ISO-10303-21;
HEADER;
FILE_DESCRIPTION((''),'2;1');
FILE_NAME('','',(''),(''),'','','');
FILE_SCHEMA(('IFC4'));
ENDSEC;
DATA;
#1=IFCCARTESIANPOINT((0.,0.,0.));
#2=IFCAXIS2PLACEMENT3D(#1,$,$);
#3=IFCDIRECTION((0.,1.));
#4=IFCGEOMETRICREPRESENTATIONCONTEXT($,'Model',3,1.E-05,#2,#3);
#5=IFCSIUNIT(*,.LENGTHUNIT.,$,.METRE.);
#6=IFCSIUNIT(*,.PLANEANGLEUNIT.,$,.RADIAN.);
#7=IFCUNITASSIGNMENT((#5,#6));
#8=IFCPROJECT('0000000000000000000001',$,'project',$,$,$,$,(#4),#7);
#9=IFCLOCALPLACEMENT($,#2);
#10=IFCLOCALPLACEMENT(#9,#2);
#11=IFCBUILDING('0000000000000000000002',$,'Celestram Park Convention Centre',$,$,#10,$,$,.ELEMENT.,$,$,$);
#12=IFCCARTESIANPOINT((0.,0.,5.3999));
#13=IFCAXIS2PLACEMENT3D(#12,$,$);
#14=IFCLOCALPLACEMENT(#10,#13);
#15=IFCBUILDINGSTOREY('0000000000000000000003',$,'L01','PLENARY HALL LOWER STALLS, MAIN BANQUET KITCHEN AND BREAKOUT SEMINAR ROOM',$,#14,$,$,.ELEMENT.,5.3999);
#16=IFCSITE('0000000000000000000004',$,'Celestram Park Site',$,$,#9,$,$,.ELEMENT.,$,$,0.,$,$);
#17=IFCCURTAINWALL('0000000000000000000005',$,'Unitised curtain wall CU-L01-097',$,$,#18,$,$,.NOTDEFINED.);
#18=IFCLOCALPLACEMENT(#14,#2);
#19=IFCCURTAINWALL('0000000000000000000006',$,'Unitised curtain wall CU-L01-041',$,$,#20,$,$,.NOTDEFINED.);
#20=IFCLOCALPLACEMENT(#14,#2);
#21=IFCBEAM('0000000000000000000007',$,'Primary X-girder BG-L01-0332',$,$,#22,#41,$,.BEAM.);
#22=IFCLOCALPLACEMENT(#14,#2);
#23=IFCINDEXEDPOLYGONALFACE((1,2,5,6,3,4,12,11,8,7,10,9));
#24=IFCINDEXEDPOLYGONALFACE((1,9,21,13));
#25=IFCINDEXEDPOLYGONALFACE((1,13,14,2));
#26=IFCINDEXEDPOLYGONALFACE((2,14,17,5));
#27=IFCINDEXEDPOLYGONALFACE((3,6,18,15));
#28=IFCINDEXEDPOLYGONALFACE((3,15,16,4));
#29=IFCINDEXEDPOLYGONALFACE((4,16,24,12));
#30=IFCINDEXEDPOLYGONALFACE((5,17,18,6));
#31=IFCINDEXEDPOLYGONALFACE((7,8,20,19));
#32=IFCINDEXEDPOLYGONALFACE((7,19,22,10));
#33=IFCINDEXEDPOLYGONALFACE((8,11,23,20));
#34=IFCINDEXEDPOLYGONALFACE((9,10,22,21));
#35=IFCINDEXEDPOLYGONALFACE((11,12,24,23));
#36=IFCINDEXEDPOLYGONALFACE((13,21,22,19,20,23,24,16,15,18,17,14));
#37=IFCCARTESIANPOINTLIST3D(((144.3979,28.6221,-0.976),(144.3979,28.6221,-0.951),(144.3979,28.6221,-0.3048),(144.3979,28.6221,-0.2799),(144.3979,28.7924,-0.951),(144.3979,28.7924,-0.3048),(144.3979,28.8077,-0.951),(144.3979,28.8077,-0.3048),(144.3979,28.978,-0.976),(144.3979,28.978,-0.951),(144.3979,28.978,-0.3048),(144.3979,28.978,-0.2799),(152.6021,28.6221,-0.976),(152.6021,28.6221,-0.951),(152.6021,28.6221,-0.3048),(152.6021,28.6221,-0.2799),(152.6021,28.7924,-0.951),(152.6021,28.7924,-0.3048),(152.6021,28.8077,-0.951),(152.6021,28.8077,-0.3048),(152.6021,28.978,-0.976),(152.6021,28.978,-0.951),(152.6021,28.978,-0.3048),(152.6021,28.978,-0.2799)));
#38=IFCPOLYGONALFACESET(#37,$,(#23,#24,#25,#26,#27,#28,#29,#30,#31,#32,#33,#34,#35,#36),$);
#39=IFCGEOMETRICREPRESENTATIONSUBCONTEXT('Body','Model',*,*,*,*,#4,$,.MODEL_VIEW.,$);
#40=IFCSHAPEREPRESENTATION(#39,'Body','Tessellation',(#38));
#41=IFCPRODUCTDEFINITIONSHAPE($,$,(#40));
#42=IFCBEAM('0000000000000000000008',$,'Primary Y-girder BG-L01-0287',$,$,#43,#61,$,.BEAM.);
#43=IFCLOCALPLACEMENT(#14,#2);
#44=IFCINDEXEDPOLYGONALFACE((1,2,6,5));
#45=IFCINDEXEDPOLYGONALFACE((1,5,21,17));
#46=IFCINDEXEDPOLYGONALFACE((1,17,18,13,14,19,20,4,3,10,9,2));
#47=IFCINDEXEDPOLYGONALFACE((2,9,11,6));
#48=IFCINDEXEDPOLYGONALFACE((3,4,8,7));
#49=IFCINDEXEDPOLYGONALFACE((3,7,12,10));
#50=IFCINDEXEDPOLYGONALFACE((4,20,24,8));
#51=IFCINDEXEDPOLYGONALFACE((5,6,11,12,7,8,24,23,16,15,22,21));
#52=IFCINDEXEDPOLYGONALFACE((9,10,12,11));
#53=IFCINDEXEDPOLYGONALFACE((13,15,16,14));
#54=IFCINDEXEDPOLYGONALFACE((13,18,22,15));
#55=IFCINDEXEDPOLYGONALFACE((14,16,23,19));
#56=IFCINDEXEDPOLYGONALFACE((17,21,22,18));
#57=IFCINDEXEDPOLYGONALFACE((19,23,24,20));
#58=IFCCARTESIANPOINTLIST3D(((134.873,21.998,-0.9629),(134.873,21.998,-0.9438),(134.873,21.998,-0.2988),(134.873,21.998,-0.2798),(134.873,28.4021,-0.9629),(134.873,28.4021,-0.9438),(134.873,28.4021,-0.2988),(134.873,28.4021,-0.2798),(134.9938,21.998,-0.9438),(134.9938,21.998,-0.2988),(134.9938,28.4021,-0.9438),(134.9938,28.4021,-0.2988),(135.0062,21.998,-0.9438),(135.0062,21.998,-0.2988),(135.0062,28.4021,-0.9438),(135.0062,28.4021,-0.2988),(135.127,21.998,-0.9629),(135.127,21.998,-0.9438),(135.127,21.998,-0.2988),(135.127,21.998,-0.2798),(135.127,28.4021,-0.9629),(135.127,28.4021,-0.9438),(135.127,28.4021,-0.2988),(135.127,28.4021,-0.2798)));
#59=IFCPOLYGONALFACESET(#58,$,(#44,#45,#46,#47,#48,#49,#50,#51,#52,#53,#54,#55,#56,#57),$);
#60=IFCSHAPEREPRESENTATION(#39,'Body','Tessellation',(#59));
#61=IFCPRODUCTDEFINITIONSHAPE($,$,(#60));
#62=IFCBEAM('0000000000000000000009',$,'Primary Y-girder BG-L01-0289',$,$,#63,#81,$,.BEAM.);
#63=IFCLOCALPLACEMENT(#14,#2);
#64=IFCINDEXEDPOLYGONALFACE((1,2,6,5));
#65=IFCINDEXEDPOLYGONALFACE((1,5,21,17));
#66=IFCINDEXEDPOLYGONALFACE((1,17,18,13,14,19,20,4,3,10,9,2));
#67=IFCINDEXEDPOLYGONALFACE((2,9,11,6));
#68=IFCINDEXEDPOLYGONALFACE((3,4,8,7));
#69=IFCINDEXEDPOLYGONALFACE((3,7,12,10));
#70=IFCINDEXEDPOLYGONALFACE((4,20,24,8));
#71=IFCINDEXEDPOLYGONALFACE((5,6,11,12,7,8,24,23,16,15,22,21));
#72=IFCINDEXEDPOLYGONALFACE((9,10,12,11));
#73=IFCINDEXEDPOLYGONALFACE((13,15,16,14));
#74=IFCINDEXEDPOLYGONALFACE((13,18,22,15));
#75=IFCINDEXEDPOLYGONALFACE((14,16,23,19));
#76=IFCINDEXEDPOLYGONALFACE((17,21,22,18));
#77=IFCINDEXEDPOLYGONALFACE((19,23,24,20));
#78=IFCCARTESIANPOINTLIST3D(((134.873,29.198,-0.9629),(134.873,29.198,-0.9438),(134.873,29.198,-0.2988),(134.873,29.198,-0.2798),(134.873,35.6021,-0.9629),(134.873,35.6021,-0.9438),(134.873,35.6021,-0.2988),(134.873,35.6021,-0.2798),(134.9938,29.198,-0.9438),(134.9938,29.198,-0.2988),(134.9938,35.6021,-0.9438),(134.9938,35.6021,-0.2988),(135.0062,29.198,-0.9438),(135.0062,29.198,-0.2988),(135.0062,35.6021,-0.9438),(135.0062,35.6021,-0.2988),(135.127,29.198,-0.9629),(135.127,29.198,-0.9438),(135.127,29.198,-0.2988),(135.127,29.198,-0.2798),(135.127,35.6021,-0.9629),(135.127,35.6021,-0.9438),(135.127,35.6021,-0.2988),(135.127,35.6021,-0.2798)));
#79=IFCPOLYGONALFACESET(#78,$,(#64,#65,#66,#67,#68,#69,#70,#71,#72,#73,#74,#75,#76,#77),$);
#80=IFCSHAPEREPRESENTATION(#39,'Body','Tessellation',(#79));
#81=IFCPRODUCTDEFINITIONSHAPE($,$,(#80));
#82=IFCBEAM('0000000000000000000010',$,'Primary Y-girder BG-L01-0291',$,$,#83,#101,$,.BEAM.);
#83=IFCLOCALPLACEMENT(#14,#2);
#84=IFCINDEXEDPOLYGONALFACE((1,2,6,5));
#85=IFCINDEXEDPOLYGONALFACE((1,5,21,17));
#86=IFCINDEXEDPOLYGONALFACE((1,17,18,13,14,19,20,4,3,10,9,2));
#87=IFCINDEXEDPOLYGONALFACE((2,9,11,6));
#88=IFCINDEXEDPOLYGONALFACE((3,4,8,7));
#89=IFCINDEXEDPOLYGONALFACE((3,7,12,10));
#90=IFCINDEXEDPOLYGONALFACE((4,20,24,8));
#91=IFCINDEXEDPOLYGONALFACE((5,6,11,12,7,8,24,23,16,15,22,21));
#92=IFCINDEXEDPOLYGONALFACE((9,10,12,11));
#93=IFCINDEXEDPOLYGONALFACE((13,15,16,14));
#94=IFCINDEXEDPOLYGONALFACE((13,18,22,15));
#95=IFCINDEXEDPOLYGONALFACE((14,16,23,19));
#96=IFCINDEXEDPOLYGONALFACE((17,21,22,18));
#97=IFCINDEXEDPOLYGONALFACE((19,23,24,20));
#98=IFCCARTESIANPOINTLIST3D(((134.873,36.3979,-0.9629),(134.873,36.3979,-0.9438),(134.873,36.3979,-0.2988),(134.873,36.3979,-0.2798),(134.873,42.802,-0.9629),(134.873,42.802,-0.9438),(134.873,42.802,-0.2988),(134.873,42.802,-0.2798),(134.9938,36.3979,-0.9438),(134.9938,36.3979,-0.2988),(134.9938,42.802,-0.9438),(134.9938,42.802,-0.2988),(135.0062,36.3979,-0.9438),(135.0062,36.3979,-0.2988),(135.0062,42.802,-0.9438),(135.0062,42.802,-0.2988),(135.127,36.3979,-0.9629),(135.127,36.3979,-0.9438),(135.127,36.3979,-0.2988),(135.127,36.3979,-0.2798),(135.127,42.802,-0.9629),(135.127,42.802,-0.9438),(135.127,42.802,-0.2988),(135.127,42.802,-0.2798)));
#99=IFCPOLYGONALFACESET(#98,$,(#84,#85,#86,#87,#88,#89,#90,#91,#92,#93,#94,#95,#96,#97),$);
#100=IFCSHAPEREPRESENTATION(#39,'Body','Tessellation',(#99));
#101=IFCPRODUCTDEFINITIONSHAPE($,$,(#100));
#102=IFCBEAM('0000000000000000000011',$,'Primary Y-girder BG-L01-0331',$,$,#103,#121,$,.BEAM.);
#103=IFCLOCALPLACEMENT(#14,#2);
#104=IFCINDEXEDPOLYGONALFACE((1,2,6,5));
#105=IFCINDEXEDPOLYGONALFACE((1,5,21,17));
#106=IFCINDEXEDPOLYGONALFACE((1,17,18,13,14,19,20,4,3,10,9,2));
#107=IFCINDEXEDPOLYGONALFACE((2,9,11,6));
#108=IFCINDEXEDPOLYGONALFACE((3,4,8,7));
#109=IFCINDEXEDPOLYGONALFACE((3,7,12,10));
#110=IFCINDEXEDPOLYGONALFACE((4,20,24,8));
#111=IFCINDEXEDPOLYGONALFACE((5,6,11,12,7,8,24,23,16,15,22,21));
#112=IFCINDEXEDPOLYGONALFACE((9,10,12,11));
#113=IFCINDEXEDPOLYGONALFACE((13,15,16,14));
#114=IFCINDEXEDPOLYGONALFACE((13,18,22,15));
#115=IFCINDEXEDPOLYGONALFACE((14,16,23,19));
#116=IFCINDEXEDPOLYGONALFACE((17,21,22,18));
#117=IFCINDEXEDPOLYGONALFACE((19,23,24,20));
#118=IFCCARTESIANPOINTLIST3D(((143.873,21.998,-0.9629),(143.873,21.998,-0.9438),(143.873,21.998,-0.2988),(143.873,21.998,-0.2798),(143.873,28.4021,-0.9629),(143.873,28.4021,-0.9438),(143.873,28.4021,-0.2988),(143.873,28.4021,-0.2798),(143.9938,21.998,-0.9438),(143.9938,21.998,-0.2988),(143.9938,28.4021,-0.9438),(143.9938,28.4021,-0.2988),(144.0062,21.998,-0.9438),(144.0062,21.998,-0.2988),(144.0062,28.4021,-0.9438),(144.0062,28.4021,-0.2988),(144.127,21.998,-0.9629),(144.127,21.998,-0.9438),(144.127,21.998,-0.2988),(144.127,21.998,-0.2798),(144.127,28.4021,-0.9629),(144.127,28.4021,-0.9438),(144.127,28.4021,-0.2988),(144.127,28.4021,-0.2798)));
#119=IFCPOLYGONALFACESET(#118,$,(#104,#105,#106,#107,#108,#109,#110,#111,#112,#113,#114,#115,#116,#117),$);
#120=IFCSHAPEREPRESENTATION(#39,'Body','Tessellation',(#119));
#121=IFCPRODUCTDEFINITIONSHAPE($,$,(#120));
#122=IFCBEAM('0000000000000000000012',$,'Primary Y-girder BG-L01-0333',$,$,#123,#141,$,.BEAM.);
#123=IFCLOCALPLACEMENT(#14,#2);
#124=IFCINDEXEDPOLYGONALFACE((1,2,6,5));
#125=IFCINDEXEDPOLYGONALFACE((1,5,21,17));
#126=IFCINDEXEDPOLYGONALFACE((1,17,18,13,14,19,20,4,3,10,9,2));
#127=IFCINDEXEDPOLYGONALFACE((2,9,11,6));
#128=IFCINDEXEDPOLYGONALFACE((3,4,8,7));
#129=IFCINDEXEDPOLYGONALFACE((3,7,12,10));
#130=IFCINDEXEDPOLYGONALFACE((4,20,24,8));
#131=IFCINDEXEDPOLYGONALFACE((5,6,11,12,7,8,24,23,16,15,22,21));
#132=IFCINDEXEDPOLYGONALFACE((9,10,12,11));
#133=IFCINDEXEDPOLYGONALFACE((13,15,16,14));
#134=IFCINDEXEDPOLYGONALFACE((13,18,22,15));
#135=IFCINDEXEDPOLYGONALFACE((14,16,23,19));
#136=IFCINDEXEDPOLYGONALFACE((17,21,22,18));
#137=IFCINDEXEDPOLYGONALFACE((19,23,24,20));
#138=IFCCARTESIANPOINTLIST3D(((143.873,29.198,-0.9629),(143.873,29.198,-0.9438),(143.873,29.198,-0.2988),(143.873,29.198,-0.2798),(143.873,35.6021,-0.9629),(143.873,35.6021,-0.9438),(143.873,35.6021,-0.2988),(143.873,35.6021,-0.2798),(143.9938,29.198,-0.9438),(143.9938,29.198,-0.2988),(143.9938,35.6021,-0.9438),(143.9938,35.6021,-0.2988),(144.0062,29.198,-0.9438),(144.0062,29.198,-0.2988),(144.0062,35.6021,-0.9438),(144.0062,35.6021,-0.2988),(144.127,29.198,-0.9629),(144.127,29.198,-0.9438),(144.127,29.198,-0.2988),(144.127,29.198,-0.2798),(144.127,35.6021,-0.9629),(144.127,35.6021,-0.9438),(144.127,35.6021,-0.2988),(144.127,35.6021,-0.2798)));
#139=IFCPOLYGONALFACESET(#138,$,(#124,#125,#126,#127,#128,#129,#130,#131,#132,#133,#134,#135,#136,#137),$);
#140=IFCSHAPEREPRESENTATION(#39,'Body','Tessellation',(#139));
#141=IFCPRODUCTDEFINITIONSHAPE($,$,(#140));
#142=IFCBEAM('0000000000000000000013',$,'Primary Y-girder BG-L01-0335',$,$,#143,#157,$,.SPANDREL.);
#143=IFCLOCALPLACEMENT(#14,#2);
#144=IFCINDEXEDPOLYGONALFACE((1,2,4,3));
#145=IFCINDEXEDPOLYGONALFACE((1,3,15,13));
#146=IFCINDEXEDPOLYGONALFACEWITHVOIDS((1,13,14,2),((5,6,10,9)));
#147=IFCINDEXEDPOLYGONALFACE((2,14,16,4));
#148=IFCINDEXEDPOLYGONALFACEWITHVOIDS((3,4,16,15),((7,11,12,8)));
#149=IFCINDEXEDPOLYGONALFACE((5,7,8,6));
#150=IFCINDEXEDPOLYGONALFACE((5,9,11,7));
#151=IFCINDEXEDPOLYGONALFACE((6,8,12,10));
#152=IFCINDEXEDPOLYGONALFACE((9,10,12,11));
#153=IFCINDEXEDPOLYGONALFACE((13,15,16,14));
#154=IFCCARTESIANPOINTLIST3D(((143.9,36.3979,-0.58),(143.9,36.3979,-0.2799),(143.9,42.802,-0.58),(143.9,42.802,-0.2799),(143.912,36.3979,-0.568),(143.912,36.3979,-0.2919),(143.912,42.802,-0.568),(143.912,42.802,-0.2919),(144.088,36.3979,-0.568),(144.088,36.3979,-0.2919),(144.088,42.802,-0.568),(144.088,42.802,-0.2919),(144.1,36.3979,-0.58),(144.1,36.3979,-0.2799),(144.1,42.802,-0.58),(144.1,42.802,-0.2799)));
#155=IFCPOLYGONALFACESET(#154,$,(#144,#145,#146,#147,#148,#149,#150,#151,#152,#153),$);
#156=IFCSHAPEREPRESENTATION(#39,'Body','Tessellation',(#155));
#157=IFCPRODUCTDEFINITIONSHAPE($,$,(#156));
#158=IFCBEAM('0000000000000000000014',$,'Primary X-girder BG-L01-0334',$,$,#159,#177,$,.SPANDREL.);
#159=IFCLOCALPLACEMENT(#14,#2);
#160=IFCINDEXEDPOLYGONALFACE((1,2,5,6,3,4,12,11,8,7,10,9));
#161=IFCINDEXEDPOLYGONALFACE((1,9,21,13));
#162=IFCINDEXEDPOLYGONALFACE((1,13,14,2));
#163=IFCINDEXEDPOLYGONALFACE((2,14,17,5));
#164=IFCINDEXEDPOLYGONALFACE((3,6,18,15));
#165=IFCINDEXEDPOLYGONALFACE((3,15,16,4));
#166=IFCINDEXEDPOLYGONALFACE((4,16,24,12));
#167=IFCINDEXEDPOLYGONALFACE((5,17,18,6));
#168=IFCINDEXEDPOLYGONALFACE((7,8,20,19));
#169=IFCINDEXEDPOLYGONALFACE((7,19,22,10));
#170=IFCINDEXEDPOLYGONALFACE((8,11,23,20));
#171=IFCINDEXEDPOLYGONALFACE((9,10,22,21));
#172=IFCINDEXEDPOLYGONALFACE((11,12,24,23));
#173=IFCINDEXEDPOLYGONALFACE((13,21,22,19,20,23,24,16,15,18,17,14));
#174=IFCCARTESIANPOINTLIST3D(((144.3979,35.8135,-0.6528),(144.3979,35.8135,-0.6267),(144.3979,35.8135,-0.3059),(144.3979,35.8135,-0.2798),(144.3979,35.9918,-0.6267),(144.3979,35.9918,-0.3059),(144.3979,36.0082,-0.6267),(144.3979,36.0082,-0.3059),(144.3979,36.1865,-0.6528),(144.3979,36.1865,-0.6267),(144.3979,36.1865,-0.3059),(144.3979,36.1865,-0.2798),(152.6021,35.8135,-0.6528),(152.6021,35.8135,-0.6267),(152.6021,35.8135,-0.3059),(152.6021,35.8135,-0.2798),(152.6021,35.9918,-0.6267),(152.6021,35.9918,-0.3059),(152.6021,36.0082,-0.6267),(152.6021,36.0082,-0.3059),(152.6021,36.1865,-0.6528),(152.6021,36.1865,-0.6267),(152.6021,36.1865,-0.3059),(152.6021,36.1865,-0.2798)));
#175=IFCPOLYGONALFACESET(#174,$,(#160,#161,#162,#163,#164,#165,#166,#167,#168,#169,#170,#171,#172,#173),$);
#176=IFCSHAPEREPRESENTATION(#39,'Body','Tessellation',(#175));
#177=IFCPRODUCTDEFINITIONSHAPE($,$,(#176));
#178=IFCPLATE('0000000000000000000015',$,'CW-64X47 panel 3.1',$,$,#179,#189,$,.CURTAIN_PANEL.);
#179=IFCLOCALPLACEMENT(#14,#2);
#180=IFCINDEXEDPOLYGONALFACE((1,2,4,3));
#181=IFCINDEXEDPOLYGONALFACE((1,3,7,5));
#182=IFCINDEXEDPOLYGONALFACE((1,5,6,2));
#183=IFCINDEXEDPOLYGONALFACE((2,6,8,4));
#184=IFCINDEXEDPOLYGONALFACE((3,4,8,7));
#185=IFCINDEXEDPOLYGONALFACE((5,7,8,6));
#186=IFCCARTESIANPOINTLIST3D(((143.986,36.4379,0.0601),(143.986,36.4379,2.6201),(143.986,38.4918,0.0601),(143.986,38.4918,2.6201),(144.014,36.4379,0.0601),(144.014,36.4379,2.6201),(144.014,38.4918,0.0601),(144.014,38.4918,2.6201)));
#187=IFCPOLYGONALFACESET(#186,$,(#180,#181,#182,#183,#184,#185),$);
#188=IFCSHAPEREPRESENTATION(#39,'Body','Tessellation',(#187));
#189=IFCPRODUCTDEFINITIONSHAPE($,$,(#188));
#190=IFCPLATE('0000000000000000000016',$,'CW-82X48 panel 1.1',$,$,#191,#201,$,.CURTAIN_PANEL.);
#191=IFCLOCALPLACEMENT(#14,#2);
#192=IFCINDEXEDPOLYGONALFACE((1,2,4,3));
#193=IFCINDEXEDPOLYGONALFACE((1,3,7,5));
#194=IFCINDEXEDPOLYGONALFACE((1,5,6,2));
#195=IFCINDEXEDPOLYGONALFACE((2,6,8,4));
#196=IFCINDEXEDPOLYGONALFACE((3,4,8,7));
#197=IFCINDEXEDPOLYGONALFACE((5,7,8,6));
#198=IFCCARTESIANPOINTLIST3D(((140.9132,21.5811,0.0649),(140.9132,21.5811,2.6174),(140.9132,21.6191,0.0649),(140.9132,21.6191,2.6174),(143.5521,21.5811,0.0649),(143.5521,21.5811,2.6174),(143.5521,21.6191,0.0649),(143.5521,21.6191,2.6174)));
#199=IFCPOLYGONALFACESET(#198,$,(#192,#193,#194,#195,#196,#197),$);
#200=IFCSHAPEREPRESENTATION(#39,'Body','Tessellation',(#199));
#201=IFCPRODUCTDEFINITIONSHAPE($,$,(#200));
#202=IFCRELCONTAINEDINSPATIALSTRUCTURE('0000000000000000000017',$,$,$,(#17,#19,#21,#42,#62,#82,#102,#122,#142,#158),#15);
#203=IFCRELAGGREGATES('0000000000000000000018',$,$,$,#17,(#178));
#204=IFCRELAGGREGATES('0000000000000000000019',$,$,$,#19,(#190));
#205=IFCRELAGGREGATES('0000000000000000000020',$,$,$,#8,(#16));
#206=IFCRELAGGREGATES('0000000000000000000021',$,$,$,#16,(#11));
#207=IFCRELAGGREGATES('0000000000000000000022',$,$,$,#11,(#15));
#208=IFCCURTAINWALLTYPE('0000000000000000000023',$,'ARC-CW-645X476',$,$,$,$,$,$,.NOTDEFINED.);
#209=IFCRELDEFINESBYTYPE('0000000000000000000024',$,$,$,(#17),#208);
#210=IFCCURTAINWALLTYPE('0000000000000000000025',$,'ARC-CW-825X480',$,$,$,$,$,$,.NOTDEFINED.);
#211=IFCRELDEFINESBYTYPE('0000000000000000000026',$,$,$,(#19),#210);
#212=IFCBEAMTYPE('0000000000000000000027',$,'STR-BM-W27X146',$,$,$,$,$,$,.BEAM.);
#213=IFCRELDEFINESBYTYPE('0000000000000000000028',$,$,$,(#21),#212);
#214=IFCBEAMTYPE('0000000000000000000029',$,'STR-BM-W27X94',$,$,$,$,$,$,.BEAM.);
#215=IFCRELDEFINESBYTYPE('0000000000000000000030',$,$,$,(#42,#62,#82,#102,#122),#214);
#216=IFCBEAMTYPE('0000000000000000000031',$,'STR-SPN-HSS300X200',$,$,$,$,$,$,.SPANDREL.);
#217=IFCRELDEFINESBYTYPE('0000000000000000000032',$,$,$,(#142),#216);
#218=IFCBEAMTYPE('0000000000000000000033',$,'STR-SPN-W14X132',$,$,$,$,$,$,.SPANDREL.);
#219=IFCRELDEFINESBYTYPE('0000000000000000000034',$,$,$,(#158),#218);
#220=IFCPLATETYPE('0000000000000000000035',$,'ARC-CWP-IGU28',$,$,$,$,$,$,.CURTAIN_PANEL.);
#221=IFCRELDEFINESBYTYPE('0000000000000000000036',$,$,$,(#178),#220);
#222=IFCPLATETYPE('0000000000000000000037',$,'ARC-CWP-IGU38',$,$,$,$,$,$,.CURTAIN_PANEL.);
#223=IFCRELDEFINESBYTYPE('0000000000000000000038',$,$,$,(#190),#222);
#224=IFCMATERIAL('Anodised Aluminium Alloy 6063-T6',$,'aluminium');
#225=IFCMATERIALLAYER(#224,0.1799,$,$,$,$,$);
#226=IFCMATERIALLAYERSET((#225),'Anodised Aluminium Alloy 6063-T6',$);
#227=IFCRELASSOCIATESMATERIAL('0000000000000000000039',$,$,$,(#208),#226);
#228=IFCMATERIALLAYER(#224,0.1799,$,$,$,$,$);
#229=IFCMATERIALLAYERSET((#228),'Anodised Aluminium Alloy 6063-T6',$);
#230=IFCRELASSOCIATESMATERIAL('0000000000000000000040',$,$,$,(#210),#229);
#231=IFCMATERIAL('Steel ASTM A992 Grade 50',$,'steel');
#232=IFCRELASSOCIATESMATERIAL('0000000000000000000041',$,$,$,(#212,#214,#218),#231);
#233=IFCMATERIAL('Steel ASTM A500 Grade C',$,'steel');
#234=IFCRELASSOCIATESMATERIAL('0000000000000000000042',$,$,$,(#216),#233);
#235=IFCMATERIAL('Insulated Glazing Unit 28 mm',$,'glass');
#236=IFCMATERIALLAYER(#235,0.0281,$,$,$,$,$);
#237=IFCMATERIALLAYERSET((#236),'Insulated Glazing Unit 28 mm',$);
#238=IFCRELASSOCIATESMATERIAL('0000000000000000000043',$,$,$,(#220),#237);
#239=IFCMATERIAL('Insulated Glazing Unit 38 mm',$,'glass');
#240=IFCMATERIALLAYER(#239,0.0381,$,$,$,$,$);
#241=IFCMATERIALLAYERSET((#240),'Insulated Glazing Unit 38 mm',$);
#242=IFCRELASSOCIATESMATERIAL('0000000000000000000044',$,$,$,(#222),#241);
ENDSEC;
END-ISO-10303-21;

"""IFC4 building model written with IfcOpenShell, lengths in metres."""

from ifc_helpers import new_model, si_unit, direction, frame, origin, origin_2d, place, context, subcontext, project, spatial, rectangle, hollow_rectangle, i_section, extrude, material, layer, layer_set, material_profile, profile_set, type_object, element, aggregate, save


model = new_model("IFC4")

# Units and contexts
model_context = context("Model", 3, precision=1e-05, world=origin(), true_north=direction((0.0, 1.0)))
body_context = subcontext(model_context, "Body", "Model", "MODEL_VIEW")
ifc_project = project(units=[si_unit("LENGTHUNIT", "METRE"), si_unit("PLANEANGLEUNIT", "RADIAN")], contexts=[model_context])

# Site, building, storey
site_placement = place(None, origin())
site = spatial("IfcSite", under=ifc_project, at=site_placement, Name="Celestram Park Site", CompositionType="ELEMENT", RefElevation=0.0)
building_placement = place(site_placement, origin())
building = spatial("IfcBuilding", under=site, at=building_placement, Name="Celestram Park Convention Centre", CompositionType="ELEMENT")
storey_placement = place(building_placement, frame((0.0, 0.0, 5.3999)))
storey = spatial("IfcBuildingStorey", under=building, at=storey_placement, Name="L01", Description="PLENARY HALL LOWER STALLS, MAIN BANQUET KITCHEN AND BREAKOUT SEMINAR ROOM", CompositionType="ELEMENT", Elevation=5.3999)

# Curtain wall
ifc_material_1 = material(Name="Anodised Aluminium Alloy 6063-T6", Category="aluminium")
ifc_layer_1 = layer(ifc_material_1, 0.1799)
ifc_layer_set_1 = layer_set([ifc_layer_1], Name="Anodised Aluminium Alloy 6063-T6")
curtain_wall_type_1 = type_object("IfcCurtainWallType", Name="ARC-CW-645X476", PredefinedType="NOTDEFINED", material=ifc_layer_set_1)
curtain_wall_1_placement = place(storey_placement, origin())
curtain_wall_1 = element("IfcCurtainWall", 1, at=curtain_wall_1_placement, inside=storey, type_object=curtain_wall_type_1, Name="Unitised curtain wall CU-L01-097", PredefinedType="NOTDEFINED")

# Curtain wall
ifc_layer_2 = layer(ifc_material_1, 0.1799)
ifc_layer_set_2 = layer_set([ifc_layer_2], Name="Anodised Aluminium Alloy 6063-T6")
curtain_wall_type_2 = type_object("IfcCurtainWallType", Name="ARC-CW-825X480", PredefinedType="NOTDEFINED", material=ifc_layer_set_2)
curtain_wall_2_placement = place(storey_placement, origin())
curtain_wall_2 = element("IfcCurtainWall", 2, at=curtain_wall_2_placement, inside=storey, type_object=curtain_wall_type_2, Name="Unitised curtain wall CU-L01-041", PredefinedType="NOTDEFINED")

# Beams
ifc_material_2 = material(Name="Steel ASTM A992 Grade 50", Category="steel")
ifc_material_profile_1 = material_profile(ifc_material_2, i_section(OverallWidth=0.356, OverallDepth=0.696, WebThickness=0.0154, FlangeThickness=0.0249, at=origin_2d()), Name="W27X146")
ifc_profile_set_1 = profile_set([ifc_material_profile_1], Name="Steel ASTM A992 Grade 50")
beam_type_1 = type_object("IfcBeamType", Name="STR-BM-W27X146", PredefinedType="BEAM", material=ifc_profile_set_1)
for number, where, z_axis, x_axis, name in (
    (3, (144.3979, 28.8, -0.6279), (1.0, 0.0, 0.0), (0.0, 1.0, 0.0), "Primary X-girder BG-L01-0332"),
):
    element("IfcBeam", number, at=place(storey_placement, frame(where, z_axis=z_axis, x_axis=x_axis)), inside=storey, type_object=beam_type_1, Name=name, PredefinedType="BEAM", context=body_context, shape_type="SweptSolid", body=[
        extrude(i_section(OverallWidth=0.356, OverallDepth=0.696, WebThickness=0.0154, FlangeThickness=0.0249, at=origin_2d()), origin(), (0.0, 0.0, 1.0), 8.2041),
    ])
ifc_material_profile_2 = material_profile(ifc_material_2, i_section(OverallWidth=0.2539, OverallDepth=0.6831, WebThickness=0.0125, FlangeThickness=0.019, at=origin_2d()), Name="W27X94")
ifc_profile_set_2 = profile_set([ifc_material_profile_2], Name="Steel ASTM A992 Grade 50")
beam_type_2 = type_object("IfcBeamType", Name="STR-BM-W27X94", PredefinedType="BEAM", material=ifc_profile_set_2)
for number, where, z_axis, x_axis, name in (
    (4, (135.0, 21.998, -0.6213), (0.0, 1.0, 0.0), (-1.0, 0.0, 0.0), "Primary Y-girder BG-L01-0287"),
    (5, (135.0, 29.198, -0.6213), (0.0, 1.0, 0.0), (-1.0, 0.0, 0.0), "Primary Y-girder BG-L01-0289"),
    (6, (135.0, 36.3979, -0.6213), (0.0, 1.0, 0.0), (-1.0, 0.0, 0.0), "Primary Y-girder BG-L01-0291"),
    (7, (144.0, 21.998, -0.6213), (0.0, 1.0, 0.0), (-1.0, 0.0, 0.0), "Primary Y-girder BG-L01-0331"),
    (8, (144.0, 29.198, -0.6213), (0.0, 1.0, 0.0), (-1.0, 0.0, 0.0), "Primary Y-girder BG-L01-0333"),
):
    element("IfcBeam", number, at=place(storey_placement, frame(where, z_axis=z_axis, x_axis=x_axis)), inside=storey, type_object=beam_type_2, Name=name, PredefinedType="BEAM", context=body_context, shape_type="SweptSolid", body=[
        extrude(i_section(OverallWidth=0.2539, OverallDepth=0.6831, WebThickness=0.0125, FlangeThickness=0.019, at=origin_2d()), origin(), (0.0, 0.0, 1.0), 6.4041),
    ])
ifc_material_3 = material(Name="Steel ASTM A500 Grade C", Category="steel")
ifc_material_profile_3 = material_profile(ifc_material_3, hollow_rectangle(XDim=0.2, YDim=0.3, WallThickness=0.012, at=origin_2d()), Name="HSS300X200X12")
ifc_profile_set_3 = profile_set([ifc_material_profile_3], Name="Steel ASTM A500 Grade C")
beam_type_3 = type_object("IfcBeamType", Name="STR-SPN-HSS300X200", PredefinedType="SPANDREL", material=ifc_profile_set_3)
beam_1_placement = place(storey_placement, frame((144.0, 36.3979, -0.4299), z_axis=(0.0, 1.0, 0.0), x_axis=(-1.0, 0.0, 0.0)))
element("IfcBeam", 9, at=beam_1_placement, inside=storey, type_object=beam_type_3, Name="Primary Y-girder BG-L01-0335", PredefinedType="SPANDREL", context=body_context, shape_type="SweptSolid", body=[
    extrude(hollow_rectangle(XDim=0.2, YDim=0.3, WallThickness=0.012, at=origin_2d()), origin(), (0.0, 0.0, 1.0), 6.4041),
])
ifc_material_profile_4 = material_profile(ifc_material_2, i_section(OverallWidth=0.373, OverallDepth=0.373, WebThickness=0.0164, FlangeThickness=0.0261, at=origin_2d()), Name="W14X132")
ifc_profile_set_4 = profile_set([ifc_material_profile_4], Name="Steel ASTM A992 Grade 50")
beam_type_4 = type_object("IfcBeamType", Name="STR-SPN-W14X132", PredefinedType="SPANDREL", material=ifc_profile_set_4)
beam_2_placement = place(storey_placement, frame((144.3979, 36.0, -0.4663), z_axis=(1.0, 0.0, 0.0), x_axis=(0.0, 1.0, 0.0)))
element("IfcBeam", 10, at=beam_2_placement, inside=storey, type_object=beam_type_4, Name="Primary X-girder BG-L01-0334", PredefinedType="SPANDREL", context=body_context, shape_type="SweptSolid", body=[
    extrude(i_section(OverallWidth=0.373, OverallDepth=0.373, WebThickness=0.0164, FlangeThickness=0.0261, at=origin_2d()), origin(), (0.0, 0.0, 1.0), 8.2041),
])

# Plates
ifc_material_4 = material(Name="Insulated Glazing Unit 28 mm", Category="glass")
ifc_layer_3 = layer(ifc_material_4, 0.0281)
ifc_layer_set_3 = layer_set([ifc_layer_3], Name="Insulated Glazing Unit 28 mm")
plate_type_1 = type_object("IfcPlateType", Name="ARC-CWP-IGU28", PredefinedType="CURTAIN_PANEL", material=ifc_layer_set_3)
plate_1_placement = place(storey_placement, frame((144.0, 37.4648, 0.0601), z_axis=(0.0, 0.0, 1.0), x_axis=(0.0, -1.0, 0.0)))
plate_1 = element("IfcPlate", 11, at=plate_1_placement, type_object=plate_type_1, Name="CW-64X47 panel 3.1", PredefinedType="CURTAIN_PANEL", context=body_context, shape_type="SweptSolid", body=[
    extrude(rectangle(XDim=2.054, YDim=0.0281, at=origin_2d()), origin(), (0.0, 0.0, 1.0), 2.5601),
])
aggregate(curtain_wall_1, [plate_1])
ifc_material_5 = material(Name="Insulated Glazing Unit 38 mm", Category="glass")
ifc_layer_4 = layer(ifc_material_5, 0.0381)
ifc_layer_set_4 = layer_set([ifc_layer_4], Name="Insulated Glazing Unit 38 mm")
plate_type_2 = type_object("IfcPlateType", Name="ARC-CWP-IGU38", PredefinedType="CURTAIN_PANEL", material=ifc_layer_set_4)
plate_2_placement = place(storey_placement, frame((142.2327, 21.6001, 0.0649), z_axis=(0.0, 0.0, 1.0), x_axis=(-1.0, 0.0, 0.0)))
plate_2 = element("IfcPlate", 12, at=plate_2_placement, type_object=plate_type_2, Name="CW-82X48 panel 1.1", PredefinedType="CURTAIN_PANEL", context=body_context, shape_type="SweptSolid", body=[
    extrude(rectangle(XDim=2.6389, YDim=0.0381, at=origin_2d()), origin(), (0.0, 0.0, 1.0), 2.5525),
])
aggregate(curtain_wall_2, [plate_2])

save(model, "model.ifc")
